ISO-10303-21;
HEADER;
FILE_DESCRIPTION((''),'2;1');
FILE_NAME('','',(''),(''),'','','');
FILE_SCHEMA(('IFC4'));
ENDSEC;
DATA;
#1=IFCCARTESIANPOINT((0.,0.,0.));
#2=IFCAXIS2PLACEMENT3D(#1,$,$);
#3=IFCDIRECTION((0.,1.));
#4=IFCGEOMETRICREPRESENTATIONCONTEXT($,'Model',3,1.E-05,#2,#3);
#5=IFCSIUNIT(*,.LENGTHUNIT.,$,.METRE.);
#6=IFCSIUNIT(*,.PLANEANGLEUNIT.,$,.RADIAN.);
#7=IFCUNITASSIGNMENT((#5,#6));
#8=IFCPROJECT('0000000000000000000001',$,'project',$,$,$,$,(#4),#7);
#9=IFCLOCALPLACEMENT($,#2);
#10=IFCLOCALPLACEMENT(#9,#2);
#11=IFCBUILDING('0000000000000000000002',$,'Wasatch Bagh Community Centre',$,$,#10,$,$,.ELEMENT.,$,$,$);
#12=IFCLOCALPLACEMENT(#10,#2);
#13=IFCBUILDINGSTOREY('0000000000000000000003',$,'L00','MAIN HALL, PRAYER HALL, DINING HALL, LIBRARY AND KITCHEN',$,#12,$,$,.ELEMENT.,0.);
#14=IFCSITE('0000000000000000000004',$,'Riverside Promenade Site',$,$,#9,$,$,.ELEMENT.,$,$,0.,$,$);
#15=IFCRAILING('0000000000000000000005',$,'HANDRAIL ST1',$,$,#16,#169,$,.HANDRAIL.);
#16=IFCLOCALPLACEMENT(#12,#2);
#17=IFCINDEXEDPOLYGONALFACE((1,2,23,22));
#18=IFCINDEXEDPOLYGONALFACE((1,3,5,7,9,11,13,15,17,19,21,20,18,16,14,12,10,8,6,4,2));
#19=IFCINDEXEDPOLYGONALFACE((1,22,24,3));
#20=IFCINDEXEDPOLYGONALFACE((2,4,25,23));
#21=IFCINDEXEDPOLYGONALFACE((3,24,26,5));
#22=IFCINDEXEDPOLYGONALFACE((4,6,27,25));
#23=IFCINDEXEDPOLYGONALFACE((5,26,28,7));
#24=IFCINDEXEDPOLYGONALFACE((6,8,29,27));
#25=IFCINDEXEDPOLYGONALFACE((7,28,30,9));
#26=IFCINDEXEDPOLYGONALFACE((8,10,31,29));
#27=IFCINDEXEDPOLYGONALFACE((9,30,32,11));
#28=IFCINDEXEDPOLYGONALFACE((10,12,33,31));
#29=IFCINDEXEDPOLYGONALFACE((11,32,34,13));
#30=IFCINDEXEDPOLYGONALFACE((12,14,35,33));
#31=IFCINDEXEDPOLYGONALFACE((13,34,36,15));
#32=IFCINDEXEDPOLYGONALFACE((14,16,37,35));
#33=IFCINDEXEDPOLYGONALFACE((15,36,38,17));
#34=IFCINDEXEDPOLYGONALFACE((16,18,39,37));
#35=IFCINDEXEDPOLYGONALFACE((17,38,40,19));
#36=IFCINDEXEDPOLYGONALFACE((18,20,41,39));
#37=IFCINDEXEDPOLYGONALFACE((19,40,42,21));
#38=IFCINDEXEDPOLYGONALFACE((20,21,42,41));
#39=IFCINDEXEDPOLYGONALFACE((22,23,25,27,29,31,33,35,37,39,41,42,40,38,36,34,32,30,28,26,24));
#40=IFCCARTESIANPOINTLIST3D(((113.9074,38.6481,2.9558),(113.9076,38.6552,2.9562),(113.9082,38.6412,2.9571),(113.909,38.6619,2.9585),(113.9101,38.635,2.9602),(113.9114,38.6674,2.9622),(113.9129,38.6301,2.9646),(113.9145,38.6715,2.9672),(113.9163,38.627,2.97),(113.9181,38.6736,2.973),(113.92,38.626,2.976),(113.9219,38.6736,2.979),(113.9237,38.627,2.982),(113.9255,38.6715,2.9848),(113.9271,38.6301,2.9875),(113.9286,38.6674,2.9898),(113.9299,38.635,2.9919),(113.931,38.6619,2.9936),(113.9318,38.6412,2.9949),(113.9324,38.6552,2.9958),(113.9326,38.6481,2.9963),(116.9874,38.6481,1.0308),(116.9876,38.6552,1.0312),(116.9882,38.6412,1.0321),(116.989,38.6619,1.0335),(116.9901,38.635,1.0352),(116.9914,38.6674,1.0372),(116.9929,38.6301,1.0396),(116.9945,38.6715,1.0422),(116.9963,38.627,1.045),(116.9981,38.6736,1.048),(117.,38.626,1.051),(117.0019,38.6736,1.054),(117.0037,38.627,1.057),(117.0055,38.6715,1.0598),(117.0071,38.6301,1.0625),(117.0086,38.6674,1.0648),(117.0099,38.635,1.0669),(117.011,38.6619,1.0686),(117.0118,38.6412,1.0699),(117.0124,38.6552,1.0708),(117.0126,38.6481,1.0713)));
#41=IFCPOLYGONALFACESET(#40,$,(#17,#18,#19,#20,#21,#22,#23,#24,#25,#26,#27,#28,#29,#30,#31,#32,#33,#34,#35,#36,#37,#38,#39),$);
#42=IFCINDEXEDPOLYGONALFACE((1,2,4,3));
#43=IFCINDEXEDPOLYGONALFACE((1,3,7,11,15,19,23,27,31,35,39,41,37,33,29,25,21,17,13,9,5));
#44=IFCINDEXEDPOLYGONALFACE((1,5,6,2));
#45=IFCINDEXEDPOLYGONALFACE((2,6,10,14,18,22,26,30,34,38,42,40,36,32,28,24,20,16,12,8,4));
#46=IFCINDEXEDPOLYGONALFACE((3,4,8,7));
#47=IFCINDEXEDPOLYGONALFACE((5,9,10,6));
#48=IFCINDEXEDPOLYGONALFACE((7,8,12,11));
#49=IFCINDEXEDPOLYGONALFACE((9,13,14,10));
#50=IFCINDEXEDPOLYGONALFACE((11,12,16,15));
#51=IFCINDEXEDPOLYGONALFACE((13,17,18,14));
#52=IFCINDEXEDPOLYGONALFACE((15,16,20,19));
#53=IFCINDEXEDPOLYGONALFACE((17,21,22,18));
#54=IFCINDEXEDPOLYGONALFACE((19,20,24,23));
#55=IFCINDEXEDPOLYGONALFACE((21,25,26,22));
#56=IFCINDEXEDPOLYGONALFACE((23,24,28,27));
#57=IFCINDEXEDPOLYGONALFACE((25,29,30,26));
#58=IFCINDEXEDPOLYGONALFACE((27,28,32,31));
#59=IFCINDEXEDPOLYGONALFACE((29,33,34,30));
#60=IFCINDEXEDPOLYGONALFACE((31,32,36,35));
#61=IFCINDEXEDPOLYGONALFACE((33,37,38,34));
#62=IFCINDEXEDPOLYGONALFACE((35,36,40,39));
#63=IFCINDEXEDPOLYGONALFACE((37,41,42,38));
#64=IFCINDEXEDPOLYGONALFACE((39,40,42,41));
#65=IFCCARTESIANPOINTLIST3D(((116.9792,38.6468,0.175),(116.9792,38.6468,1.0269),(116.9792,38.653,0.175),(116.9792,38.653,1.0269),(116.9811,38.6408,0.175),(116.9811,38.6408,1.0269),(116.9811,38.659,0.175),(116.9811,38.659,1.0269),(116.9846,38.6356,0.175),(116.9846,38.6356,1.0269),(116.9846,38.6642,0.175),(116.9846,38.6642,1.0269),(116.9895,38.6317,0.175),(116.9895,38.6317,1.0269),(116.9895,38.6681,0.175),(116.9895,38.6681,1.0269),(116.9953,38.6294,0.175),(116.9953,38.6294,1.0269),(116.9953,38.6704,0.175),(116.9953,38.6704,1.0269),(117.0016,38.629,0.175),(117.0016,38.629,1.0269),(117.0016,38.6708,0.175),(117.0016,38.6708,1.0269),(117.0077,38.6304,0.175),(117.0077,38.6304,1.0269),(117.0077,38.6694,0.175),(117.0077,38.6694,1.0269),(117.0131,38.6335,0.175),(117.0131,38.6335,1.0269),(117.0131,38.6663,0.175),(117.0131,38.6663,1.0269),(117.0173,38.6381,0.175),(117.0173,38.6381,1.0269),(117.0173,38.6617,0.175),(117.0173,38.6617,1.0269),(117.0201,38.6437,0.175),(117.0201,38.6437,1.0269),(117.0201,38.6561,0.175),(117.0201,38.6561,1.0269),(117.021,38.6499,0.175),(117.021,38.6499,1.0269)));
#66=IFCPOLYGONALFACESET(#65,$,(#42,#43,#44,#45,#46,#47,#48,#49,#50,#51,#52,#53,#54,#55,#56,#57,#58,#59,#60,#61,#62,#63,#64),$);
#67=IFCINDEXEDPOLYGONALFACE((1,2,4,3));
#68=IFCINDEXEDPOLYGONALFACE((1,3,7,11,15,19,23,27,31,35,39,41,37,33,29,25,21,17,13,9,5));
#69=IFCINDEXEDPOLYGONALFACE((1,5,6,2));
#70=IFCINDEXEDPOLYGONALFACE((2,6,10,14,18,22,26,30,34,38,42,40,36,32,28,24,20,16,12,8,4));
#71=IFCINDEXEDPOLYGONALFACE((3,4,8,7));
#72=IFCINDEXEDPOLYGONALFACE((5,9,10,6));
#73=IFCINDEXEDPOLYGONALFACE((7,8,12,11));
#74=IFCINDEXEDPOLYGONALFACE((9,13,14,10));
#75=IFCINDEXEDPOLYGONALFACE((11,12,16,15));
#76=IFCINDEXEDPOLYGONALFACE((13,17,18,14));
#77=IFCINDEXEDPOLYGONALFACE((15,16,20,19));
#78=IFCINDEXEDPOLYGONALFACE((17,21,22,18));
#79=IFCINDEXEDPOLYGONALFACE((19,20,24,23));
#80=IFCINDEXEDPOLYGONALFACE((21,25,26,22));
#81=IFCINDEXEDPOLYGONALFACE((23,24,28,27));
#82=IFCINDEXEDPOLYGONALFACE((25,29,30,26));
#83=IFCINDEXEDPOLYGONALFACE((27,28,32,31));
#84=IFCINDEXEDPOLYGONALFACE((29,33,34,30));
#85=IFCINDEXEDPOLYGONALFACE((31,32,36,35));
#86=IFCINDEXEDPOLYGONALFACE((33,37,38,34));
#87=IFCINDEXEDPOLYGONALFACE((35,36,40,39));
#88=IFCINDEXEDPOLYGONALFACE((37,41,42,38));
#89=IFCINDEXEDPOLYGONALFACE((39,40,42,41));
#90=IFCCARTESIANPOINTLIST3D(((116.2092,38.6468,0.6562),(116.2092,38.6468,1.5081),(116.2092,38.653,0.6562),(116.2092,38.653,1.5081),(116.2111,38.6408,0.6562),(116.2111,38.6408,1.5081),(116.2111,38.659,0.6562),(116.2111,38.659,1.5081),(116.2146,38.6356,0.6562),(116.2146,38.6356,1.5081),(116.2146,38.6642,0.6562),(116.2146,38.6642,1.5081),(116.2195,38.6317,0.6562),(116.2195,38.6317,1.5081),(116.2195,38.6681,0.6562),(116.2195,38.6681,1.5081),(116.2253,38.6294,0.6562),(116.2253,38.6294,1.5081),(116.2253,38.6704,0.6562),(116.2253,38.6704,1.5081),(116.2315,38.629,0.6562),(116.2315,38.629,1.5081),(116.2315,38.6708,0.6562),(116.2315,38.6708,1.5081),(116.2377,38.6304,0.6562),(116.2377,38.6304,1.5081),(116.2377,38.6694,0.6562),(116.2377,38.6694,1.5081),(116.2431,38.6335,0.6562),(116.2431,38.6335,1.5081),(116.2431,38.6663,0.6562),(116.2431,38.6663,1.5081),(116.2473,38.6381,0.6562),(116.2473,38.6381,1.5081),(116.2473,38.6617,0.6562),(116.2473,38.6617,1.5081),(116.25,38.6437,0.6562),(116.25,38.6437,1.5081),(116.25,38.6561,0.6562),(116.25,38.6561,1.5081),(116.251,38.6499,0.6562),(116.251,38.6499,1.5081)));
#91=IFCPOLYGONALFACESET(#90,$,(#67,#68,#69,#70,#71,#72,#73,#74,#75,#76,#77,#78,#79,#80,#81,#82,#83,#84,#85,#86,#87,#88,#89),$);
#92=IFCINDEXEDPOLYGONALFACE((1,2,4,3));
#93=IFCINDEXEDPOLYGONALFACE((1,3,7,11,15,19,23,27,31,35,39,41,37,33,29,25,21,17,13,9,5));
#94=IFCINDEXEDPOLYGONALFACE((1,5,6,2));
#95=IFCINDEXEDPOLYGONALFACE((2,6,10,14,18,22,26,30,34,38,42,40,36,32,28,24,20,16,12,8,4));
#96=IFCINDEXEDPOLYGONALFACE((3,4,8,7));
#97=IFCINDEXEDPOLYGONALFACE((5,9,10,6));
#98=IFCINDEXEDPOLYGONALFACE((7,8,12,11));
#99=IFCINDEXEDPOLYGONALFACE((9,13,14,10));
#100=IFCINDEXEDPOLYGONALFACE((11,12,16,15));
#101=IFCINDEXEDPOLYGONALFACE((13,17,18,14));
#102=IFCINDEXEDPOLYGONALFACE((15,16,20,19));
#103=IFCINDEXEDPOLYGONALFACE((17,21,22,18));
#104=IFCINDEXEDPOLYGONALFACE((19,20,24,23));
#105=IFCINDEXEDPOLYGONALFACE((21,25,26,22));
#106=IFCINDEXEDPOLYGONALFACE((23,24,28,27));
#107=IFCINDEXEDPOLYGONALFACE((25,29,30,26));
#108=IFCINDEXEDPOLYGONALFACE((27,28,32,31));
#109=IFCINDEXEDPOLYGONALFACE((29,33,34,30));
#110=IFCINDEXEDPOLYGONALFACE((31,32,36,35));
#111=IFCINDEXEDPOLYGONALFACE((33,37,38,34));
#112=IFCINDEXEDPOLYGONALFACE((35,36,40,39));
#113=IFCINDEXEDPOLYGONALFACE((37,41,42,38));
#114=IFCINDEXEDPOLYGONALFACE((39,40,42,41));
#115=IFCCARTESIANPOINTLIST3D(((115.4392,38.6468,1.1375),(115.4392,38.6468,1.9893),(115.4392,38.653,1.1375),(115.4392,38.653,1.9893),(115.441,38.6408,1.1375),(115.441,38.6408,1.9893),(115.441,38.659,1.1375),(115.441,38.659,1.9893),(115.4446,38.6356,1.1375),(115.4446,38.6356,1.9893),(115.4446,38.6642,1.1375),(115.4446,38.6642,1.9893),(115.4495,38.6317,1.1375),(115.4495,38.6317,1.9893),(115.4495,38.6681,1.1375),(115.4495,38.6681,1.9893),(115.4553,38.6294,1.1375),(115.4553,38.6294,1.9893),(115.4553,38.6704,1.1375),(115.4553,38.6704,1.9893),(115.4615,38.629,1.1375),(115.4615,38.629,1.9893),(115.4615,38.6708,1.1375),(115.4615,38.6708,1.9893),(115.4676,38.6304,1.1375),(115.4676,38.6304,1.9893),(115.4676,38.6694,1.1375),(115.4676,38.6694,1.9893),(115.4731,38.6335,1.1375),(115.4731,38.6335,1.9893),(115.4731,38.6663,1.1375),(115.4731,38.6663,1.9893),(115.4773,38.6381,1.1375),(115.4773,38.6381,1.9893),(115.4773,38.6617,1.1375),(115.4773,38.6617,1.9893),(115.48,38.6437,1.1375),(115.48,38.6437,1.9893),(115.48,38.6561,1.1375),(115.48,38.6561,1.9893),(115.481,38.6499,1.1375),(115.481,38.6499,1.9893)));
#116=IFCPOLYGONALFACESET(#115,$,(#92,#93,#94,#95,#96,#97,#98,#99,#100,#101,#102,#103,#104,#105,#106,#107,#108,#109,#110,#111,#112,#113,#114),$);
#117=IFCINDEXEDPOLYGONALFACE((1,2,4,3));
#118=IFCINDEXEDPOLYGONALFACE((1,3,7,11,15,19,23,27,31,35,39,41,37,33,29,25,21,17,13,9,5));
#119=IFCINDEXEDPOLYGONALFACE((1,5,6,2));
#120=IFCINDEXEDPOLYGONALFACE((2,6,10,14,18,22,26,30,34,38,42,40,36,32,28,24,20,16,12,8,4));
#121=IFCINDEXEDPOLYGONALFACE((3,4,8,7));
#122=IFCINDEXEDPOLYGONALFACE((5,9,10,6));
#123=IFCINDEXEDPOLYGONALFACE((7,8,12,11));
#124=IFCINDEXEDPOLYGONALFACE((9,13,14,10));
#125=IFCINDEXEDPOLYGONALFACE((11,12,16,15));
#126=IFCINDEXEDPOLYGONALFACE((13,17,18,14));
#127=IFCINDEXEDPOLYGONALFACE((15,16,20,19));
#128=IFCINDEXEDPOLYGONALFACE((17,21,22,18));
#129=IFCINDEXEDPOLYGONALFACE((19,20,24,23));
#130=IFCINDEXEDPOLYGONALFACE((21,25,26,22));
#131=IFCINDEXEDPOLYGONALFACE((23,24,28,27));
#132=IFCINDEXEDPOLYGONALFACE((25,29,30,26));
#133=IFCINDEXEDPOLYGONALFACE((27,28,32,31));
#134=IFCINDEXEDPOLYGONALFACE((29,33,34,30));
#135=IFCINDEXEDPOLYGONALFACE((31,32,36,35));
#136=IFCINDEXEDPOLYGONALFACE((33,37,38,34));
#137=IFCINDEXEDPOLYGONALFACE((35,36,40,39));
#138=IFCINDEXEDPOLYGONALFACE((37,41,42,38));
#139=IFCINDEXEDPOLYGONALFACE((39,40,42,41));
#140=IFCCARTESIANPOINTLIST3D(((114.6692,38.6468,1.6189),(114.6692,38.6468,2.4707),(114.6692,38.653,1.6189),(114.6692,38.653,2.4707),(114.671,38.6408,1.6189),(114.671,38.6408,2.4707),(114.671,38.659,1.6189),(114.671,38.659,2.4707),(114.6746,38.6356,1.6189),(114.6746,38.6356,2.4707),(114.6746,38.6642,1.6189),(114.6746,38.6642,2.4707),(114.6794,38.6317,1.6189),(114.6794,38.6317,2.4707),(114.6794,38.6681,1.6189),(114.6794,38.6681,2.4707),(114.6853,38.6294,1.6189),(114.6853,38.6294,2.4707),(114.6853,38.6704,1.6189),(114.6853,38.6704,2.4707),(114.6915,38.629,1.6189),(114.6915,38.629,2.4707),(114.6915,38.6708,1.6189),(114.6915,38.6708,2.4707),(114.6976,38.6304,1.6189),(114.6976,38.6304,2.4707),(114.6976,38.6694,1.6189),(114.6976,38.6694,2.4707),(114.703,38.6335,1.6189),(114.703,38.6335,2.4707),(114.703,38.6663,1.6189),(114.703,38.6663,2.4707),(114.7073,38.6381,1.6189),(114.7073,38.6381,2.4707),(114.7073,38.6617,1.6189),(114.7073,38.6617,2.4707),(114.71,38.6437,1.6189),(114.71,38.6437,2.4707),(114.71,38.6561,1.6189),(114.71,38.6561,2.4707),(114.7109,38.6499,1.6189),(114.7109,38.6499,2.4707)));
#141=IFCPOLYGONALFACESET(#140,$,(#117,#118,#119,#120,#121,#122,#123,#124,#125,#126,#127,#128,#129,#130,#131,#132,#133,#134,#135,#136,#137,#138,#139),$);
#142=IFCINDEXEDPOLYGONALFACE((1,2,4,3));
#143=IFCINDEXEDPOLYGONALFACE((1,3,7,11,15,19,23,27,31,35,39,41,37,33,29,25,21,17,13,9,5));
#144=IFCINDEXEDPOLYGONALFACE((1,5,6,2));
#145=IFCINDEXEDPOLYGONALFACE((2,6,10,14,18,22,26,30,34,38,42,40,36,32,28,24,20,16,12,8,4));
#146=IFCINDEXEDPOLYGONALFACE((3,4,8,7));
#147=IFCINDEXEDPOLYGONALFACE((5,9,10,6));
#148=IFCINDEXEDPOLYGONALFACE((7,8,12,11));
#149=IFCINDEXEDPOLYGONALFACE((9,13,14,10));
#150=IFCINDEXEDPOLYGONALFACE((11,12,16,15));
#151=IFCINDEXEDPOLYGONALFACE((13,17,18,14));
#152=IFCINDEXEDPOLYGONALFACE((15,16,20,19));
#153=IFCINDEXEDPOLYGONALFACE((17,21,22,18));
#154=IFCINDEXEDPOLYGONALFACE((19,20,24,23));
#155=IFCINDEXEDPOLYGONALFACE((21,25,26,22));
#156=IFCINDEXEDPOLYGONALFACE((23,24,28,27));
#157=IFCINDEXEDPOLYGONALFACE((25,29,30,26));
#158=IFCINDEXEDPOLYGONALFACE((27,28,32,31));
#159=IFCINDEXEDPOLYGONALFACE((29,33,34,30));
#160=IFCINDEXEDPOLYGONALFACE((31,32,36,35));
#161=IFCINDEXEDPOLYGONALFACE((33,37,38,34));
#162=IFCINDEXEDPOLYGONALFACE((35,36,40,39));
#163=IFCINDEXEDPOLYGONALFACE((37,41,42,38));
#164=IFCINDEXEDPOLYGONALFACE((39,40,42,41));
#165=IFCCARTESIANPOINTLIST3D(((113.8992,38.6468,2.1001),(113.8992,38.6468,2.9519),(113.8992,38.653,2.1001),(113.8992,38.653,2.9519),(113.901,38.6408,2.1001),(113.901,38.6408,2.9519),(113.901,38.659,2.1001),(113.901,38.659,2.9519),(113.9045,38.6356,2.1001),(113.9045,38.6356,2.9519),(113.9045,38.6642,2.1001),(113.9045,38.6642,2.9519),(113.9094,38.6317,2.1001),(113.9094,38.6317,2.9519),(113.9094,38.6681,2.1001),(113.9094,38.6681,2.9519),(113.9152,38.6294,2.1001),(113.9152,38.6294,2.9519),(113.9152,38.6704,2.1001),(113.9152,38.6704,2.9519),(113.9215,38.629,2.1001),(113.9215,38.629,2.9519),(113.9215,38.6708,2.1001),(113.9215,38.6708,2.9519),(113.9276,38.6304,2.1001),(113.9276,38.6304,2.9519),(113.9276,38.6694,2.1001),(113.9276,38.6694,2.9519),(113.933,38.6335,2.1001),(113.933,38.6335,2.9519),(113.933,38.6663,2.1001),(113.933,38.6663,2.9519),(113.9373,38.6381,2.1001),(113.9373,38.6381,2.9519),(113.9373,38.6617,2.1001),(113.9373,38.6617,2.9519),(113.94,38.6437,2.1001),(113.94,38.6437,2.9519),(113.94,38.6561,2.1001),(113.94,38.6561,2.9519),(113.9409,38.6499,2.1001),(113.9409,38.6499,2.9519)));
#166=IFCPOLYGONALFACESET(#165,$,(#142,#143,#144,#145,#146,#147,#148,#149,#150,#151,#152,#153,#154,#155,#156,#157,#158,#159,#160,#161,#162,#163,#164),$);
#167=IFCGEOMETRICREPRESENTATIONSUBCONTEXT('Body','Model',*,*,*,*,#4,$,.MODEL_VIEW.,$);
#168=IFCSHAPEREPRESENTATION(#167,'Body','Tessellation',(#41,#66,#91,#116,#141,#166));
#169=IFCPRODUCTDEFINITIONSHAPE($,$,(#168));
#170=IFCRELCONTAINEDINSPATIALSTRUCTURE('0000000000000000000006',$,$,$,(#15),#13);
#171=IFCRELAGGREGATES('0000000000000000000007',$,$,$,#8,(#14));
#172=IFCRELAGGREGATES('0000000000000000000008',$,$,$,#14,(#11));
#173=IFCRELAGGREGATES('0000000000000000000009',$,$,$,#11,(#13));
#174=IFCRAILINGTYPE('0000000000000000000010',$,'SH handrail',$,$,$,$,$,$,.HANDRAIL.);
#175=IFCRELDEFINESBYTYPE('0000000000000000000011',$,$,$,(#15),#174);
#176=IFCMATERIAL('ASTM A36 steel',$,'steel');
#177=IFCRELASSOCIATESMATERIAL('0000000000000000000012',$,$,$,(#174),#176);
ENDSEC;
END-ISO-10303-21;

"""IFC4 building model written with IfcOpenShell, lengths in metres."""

from ifc_helpers import new_model, si_unit, direction, frame, origin, origin_2d, place, context, subcontext, project, spatial, circle, extrude, material, type_object, element, save


model = new_model("IFC4")

# Units and contexts
model_context = context("Model", 3, precision=1e-05, world=origin(), true_north=direction((0.0, 1.0)))
body_context = subcontext(model_context, "Body", "Model", "MODEL_VIEW")
ifc_project = project(units=[si_unit("LENGTHUNIT", "METRE"), si_unit("PLANEANGLEUNIT", "RADIAN")], contexts=[model_context])

# Site, building, storey
site_placement = place(None, origin())
site = spatial("IfcSite", under=ifc_project, at=site_placement, Name="Riverside Promenade Site", CompositionType="ELEMENT", RefElevation=0.0)
building_placement = place(site_placement, origin())
building = spatial("IfcBuilding", under=site, at=building_placement, Name="Wasatch Bagh Community Centre", CompositionType="ELEMENT")
storey_placement = place(building_placement, origin())
storey = spatial("IfcBuildingStorey", under=building, at=storey_placement, Name="L00", Description="MAIN HALL, PRAYER HALL, DINING HALL, LIBRARY AND KITCHEN", CompositionType="ELEMENT", Elevation=0.0)

# Railing
ifc_material_1 = material(Name="ASTM A36 steel", Category="steel")
railing_type_1 = type_object("IfcRailingType", Name="SH handrail", PredefinedType="HANDRAIL", material=ifc_material_1)
for number, where, name in (
    (1, (117.0, 38.6499, 0.175), "HANDRAIL ST1"),
):
    element("IfcRailing", number, at=place(storey_placement, frame(where)), inside=storey, type_object=railing_type_1, Name=name, PredefinedType="HANDRAIL", context=body_context, shape_type="SweptSolid", body=[
        extrude(circle(Radius=0.0239, at=origin_2d()), frame((0.0, 0.0, 0.876), z_axis=(-0.847998, 0.0, 0.529999), x_axis=(0.0, -1.0, 0.0)), (0.0, 0.0, 1.0), 3.6321),
        extrude(circle(Radius=0.021, at=origin_2d()), origin(), (0.0, 0.0, 1.0), 0.8518),
        extrude(circle(Radius=0.021, at=origin_2d()), frame((-0.77, 0.0, 0.4812)), (0.0, 0.0, 1.0), 0.8518),
        extrude(circle(Radius=0.021, at=origin_2d()), frame((-1.54, 0.0, 0.9624)), (0.0, 0.0, 1.0), 0.8518),
        extrude(circle(Radius=0.021, at=origin_2d()), frame((-2.3101, 0.0, 1.4438)), (0.0, 0.0, 1.0), 0.8518),
        extrude(circle(Radius=0.021, at=origin_2d()), frame((-3.0801, 0.0, 1.925)), (0.0, 0.0, 1.0), 0.8518),
    ])

save(model, "model.ifc")
